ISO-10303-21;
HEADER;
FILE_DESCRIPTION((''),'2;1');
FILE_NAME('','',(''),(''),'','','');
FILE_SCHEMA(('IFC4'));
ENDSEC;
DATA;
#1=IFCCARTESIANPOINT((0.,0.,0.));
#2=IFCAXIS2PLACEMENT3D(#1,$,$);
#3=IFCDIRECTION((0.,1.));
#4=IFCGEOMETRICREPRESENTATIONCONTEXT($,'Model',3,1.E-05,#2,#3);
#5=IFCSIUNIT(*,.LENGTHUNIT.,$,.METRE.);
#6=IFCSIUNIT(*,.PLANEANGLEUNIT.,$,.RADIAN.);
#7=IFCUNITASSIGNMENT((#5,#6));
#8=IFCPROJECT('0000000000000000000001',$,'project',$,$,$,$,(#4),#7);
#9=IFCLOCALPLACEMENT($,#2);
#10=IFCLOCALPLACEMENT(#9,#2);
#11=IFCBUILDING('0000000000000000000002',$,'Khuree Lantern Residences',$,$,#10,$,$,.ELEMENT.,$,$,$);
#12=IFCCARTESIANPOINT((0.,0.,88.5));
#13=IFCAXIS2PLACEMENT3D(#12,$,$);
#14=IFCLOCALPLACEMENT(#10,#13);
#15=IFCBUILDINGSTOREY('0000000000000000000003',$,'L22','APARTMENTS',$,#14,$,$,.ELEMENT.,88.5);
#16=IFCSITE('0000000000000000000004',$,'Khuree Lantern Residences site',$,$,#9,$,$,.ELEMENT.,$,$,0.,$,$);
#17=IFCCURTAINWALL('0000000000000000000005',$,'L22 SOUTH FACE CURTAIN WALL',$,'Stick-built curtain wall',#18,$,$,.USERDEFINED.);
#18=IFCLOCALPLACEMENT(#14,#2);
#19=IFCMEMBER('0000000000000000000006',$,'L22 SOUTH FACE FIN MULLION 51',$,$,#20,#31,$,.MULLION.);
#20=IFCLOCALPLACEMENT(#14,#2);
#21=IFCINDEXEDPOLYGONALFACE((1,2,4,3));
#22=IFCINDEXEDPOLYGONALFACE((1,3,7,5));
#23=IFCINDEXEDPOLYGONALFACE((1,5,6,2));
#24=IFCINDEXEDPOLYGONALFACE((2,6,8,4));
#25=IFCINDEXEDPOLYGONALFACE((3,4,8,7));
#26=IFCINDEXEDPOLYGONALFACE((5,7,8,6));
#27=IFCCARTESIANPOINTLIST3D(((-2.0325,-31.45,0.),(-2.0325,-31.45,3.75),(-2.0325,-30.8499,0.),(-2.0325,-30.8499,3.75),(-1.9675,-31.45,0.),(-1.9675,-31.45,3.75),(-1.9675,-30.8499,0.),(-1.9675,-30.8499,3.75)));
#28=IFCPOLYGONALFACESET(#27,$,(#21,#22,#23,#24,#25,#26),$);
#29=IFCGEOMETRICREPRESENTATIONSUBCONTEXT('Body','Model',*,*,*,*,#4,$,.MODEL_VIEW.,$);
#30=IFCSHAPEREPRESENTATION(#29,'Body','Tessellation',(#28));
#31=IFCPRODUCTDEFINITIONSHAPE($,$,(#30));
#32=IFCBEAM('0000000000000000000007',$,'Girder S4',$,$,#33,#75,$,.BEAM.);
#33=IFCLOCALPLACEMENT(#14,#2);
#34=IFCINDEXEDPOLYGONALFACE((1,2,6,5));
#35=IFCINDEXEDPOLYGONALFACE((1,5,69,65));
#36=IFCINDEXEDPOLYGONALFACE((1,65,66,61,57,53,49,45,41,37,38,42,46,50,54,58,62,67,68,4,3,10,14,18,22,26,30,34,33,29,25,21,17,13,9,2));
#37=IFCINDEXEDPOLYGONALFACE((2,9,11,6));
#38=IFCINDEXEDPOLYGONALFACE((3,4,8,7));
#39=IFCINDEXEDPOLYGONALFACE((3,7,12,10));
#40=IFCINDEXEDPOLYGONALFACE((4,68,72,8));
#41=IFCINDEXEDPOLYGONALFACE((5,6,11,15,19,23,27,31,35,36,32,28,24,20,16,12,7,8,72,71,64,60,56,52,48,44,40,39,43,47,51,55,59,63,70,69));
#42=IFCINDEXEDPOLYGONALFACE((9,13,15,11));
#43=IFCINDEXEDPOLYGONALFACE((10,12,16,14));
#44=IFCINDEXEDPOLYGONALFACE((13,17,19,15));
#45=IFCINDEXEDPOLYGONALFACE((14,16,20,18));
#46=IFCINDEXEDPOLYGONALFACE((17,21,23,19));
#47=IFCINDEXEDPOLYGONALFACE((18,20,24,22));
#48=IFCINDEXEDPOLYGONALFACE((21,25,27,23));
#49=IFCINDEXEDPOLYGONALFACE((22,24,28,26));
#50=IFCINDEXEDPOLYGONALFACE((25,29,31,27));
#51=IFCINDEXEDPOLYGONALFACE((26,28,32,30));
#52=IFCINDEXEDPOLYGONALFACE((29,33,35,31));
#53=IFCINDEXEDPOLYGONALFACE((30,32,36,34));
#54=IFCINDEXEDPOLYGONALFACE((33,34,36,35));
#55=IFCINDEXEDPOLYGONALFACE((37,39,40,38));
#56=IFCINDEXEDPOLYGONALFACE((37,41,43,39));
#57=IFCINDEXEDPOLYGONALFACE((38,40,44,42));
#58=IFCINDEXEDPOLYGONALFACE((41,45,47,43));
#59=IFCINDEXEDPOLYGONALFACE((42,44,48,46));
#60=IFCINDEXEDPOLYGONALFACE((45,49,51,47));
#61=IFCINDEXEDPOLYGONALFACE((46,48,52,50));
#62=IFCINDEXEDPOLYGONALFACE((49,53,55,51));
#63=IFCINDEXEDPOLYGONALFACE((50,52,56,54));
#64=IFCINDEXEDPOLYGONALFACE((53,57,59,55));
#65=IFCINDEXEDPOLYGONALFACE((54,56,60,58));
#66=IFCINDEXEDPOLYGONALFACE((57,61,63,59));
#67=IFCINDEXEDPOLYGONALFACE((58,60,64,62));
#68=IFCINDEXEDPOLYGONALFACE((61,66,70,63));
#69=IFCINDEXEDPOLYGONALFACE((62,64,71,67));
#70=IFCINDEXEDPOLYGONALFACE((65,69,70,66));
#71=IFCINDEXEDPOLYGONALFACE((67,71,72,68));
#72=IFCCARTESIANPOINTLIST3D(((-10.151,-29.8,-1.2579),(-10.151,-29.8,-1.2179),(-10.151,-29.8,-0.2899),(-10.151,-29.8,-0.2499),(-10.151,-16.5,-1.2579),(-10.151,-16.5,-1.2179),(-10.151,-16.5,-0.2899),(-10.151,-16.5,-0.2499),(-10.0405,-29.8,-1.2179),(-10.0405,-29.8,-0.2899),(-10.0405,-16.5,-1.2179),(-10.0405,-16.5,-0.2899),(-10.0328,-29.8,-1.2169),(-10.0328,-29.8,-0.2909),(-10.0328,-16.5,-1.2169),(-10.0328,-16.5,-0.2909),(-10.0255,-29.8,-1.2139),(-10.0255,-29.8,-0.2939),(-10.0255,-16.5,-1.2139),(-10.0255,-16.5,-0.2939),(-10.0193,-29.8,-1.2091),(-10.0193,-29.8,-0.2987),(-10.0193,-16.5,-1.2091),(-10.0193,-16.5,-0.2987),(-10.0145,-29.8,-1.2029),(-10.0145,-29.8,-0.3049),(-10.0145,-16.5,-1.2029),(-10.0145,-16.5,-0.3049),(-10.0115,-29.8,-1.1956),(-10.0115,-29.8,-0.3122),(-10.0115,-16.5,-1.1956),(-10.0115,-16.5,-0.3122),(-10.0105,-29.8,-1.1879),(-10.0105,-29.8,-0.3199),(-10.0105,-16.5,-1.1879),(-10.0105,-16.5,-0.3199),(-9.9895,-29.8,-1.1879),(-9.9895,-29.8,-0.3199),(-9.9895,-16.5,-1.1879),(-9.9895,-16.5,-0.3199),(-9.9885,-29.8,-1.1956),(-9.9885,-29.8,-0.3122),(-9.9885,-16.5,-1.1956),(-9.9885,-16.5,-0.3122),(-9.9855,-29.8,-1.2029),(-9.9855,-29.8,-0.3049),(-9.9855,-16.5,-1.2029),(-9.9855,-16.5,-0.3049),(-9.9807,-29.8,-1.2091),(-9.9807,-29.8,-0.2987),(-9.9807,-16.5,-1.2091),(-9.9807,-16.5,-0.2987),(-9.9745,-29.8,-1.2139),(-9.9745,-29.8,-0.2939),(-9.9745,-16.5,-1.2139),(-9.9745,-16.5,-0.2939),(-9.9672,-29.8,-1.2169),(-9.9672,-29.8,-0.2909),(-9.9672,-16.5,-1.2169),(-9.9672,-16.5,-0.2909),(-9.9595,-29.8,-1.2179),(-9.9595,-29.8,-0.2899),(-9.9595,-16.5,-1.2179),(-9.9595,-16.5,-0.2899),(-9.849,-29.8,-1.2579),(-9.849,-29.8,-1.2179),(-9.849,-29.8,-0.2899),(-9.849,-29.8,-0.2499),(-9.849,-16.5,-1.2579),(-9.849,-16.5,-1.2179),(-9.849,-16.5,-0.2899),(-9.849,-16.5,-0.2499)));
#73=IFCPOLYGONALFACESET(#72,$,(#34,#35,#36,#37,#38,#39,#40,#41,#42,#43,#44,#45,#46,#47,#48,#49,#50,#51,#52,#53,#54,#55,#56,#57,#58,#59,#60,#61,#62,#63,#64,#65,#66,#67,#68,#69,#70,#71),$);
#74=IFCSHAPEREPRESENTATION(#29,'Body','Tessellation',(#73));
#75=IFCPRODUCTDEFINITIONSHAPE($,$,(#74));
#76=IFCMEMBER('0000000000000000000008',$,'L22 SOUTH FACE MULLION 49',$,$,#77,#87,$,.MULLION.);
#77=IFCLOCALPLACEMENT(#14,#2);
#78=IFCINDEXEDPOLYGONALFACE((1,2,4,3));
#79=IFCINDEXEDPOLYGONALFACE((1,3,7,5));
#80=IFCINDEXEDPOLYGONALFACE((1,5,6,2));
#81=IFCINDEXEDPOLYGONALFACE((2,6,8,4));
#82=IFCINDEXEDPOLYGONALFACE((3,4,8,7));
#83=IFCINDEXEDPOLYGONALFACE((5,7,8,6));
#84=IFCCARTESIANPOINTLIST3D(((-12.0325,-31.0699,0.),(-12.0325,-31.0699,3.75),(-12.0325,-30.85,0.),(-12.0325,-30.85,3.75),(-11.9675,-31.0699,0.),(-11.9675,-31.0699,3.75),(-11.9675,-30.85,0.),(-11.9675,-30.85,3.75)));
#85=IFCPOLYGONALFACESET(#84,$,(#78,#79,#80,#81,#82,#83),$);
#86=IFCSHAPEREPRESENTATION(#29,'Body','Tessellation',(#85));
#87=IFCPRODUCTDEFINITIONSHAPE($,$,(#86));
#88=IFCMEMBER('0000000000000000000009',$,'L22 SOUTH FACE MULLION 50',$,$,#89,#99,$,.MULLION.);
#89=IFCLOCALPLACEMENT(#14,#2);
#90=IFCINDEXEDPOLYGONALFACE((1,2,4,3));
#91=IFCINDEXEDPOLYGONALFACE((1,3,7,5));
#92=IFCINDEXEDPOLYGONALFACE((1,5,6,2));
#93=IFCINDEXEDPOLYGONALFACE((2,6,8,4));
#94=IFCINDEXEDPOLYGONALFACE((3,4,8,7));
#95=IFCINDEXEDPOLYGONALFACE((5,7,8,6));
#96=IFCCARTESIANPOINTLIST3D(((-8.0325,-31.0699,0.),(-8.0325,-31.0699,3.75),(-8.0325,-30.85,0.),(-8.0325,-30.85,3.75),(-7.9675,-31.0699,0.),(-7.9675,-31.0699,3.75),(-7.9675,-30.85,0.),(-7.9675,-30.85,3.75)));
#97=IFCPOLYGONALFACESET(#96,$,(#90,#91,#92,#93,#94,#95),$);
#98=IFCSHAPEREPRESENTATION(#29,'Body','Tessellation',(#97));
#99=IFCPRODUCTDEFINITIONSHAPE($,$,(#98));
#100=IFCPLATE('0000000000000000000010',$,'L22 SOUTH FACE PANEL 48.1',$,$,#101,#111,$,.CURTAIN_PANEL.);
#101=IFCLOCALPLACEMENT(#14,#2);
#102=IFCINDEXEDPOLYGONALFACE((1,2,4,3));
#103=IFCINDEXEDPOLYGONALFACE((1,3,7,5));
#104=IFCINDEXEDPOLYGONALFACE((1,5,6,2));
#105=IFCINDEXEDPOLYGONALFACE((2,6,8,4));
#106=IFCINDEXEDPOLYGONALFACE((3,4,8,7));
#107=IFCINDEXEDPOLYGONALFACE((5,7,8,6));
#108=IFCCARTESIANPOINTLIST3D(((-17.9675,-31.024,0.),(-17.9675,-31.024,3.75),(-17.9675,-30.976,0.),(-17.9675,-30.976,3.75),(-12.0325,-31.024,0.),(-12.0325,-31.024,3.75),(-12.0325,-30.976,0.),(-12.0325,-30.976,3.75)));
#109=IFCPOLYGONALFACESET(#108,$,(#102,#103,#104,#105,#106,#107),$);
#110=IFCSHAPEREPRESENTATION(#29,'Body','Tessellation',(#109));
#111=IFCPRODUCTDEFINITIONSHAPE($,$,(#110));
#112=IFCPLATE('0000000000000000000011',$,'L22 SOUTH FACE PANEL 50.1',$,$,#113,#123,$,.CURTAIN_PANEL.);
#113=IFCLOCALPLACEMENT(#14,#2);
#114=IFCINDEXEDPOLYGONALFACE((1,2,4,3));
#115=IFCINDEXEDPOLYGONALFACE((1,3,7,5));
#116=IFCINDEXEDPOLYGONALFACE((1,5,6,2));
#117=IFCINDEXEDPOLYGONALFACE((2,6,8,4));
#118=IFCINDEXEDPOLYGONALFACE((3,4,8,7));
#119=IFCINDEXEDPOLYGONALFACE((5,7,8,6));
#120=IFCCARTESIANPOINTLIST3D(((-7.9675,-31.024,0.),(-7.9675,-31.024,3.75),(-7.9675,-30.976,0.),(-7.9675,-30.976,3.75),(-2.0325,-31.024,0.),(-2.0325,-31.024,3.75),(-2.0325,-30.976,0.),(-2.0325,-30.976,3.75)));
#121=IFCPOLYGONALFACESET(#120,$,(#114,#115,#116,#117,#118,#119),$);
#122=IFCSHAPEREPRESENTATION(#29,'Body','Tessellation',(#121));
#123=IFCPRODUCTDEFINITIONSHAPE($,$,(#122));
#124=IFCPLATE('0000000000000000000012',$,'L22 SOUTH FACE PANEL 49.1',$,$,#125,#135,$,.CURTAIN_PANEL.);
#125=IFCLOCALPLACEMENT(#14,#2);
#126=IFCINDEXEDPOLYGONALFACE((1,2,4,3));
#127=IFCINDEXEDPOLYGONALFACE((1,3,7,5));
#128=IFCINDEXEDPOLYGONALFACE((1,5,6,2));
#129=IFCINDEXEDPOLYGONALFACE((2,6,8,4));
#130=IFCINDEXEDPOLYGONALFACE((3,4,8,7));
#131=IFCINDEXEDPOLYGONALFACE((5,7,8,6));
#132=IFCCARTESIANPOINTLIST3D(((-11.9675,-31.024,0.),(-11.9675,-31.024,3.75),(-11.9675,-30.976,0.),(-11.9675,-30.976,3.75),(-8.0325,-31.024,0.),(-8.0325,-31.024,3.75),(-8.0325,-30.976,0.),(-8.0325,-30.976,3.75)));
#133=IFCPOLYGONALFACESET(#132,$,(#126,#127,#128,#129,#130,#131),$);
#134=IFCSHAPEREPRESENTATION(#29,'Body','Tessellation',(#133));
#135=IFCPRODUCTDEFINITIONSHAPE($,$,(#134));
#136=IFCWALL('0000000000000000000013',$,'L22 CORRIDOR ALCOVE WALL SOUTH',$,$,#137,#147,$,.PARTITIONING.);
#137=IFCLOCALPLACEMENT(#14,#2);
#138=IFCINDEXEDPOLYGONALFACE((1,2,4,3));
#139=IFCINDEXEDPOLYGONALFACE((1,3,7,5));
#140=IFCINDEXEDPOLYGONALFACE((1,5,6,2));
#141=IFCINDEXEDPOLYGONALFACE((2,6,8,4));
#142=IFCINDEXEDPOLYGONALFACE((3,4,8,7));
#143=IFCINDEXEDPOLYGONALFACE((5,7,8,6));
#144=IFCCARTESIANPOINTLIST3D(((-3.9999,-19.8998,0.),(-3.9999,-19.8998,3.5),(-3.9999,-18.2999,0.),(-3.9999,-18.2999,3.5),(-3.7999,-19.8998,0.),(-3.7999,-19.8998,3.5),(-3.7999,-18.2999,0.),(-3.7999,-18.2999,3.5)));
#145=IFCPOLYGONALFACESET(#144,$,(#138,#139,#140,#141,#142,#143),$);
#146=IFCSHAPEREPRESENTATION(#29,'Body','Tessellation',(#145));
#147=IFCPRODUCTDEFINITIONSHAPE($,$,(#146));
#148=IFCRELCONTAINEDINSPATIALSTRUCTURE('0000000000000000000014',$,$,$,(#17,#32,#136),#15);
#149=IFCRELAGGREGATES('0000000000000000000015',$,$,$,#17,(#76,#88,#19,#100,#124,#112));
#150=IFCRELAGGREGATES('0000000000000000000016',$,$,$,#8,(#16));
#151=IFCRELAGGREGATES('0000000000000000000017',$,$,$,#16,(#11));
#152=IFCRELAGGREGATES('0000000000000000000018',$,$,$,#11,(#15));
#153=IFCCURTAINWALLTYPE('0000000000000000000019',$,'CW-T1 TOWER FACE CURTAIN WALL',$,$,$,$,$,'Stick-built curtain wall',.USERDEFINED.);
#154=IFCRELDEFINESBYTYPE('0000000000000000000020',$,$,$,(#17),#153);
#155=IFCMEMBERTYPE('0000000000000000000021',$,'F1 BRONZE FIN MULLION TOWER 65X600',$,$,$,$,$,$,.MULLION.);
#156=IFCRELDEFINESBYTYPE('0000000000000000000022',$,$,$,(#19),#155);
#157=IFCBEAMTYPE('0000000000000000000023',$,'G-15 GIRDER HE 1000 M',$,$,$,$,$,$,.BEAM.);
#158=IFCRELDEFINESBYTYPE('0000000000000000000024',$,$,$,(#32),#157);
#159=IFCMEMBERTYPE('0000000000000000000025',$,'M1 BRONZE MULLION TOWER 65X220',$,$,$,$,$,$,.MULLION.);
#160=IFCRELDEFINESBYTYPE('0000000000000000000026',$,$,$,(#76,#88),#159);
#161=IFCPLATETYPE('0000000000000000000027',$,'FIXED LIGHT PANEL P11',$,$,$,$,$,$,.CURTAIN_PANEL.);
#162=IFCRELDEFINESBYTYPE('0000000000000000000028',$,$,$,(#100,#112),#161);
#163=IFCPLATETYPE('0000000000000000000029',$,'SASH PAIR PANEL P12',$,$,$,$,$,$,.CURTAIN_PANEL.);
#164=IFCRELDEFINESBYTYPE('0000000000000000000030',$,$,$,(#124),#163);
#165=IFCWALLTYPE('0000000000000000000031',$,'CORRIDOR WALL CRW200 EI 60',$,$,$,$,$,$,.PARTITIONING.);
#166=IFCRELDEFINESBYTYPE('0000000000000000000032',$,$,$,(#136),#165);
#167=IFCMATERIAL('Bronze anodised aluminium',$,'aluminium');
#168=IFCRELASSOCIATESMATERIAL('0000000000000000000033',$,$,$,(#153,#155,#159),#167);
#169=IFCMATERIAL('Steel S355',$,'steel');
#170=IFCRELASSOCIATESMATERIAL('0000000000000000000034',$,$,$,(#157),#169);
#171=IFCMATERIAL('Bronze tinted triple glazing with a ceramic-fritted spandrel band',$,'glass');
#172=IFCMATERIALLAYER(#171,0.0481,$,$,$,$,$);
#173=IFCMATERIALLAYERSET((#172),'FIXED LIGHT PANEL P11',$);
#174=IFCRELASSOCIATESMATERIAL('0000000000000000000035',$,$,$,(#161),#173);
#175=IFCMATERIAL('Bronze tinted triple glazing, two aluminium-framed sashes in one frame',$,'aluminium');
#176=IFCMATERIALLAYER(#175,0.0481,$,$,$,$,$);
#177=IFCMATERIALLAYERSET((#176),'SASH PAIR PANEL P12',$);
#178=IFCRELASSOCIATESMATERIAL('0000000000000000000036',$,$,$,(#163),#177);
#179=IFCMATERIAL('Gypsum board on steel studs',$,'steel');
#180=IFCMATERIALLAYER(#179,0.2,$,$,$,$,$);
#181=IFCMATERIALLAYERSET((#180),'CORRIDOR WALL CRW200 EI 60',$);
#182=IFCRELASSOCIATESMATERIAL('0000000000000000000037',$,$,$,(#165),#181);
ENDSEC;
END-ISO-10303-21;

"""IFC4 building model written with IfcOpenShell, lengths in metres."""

from ifc_helpers import new_model, si_unit, direction, frame, frame_2d, origin, origin_2d, place, context, subcontext, project, spatial, rectangle, i_section, extrude, material, layer, layer_set, material_profile, profile_set, type_object, element, aggregate, save


model = new_model("IFC4")

# Units and contexts
model_context = context("Model", 3, precision=1e-05, world=origin(), true_north=direction((0.0, 1.0)))
body_context = subcontext(model_context, "Body", "Model", "MODEL_VIEW")
ifc_project = project(units=[si_unit("LENGTHUNIT", "METRE"), si_unit("PLANEANGLEUNIT", "RADIAN")], contexts=[model_context])

# Site, building, storey
site_placement = place(None, origin())
site = spatial("IfcSite", under=ifc_project, at=site_placement, Name="Khuree Lantern Residences site", CompositionType="ELEMENT", RefElevation=0.0)
building_placement = place(site_placement, origin())
building = spatial("IfcBuilding", under=site, at=building_placement, Name="Khuree Lantern Residences", CompositionType="ELEMENT")
storey_placement = place(building_placement, frame((0.0, 0.0, 88.5)))
storey = spatial("IfcBuildingStorey", under=building, at=storey_placement, Name="L22", Description="APARTMENTS", CompositionType="ELEMENT", Elevation=88.5)

# Shared definitions
ifc_material_1 = material(Name="Steel S355", Category="steel")

# Curtain wall, member
ifc_material_2 = material(Name="Bronze anodised aluminium", Category="aluminium")
curtain_wall_type = type_object("IfcCurtainWallType", Name="CW-T1 TOWER FACE CURTAIN WALL", ElementType="Stick-built curtain wall", PredefinedType="USERDEFINED", material=ifc_material_2)
curtain_wall_placement = place(storey_placement, origin())
curtain_wall = element("IfcCurtainWall", 1, at=curtain_wall_placement, inside=storey, type_object=curtain_wall_type, Name="L22 SOUTH FACE CURTAIN WALL", ObjectType="Stick-built curtain wall", PredefinedType="USERDEFINED")
ifc_material_profile_1 = material_profile(ifc_material_2, rectangle(XDim=0.0649, YDim=0.6001, at=origin_2d()), Name="F1 65X600")
ifc_profile_set_1 = profile_set([ifc_material_profile_1], Name="Bronze anodised aluminium")
member_type_1 = type_object("IfcMemberType", Name="F1 BRONZE FIN MULLION TOWER 65X600", PredefinedType="MULLION", material=ifc_profile_set_1)
member_1_placement = place(storey_placement, frame((-2.0, -31.1499, 0.0), z_axis=(0.0, 0.0, 1.0), x_axis=(1.0, 0.0, 0.0)))
member_1 = element("IfcMember", 2, at=member_1_placement, type_object=member_type_1, Name="L22 SOUTH FACE FIN MULLION 51", PredefinedType="MULLION", context=body_context, shape_type="SweptSolid", body=[
    extrude(rectangle(XDim=0.0649, YDim=0.6001, at=origin_2d()), origin(), (0.0, 0.0, 1.0), 3.75),
])

# Beam
ifc_material_profile_2 = material_profile(ifc_material_1, i_section(OverallWidth=0.302, OverallDepth=1.0081, WebThickness=0.021, FlangeThickness=0.04, FilletRadius=0.03, at=origin_2d()), Name="HE 1000 M")
ifc_profile_set_2 = profile_set([ifc_material_profile_2], Name="Steel S355")
beam_type_1 = type_object("IfcBeamType", Name="G-15 GIRDER HE 1000 M", PredefinedType="BEAM", material=ifc_profile_set_2)
beam_1_placement = place(storey_placement, frame((-10.0, -29.8, -0.7539), z_axis=(0.0, 1.0, 0.0), x_axis=(-1.0, 0.0, 0.0)))
element("IfcBeam", 3, at=beam_1_placement, inside=storey, type_object=beam_type_1, Name="Girder S4", PredefinedType="BEAM", context=body_context, shape_type="SweptSolid", body=[
    extrude(i_section(OverallWidth=0.302, OverallDepth=1.0081, WebThickness=0.021, FlangeThickness=0.04, FilletRadius=0.03, at=origin_2d()), origin(), (0.0, 0.0, 1.0), 13.3),
])

# Members
ifc_material_profile_3 = material_profile(ifc_material_2, rectangle(XDim=0.0649, YDim=0.22, at=origin_2d()), Name="M1 65X220")
ifc_profile_set_3 = profile_set([ifc_material_profile_3], Name="Bronze anodised aluminium")
member_type_2 = type_object("IfcMemberType", Name="M1 BRONZE MULLION TOWER 65X220", PredefinedType="MULLION", material=ifc_profile_set_3)
member_2_placement = place(storey_placement, frame((-12.0, -30.96, 0.0), z_axis=(0.0, 0.0, 1.0), x_axis=(1.0, 0.0, 0.0)))
member_2 = element("IfcMember", 4, at=member_2_placement, type_object=member_type_2, Name="L22 SOUTH FACE MULLION 49", PredefinedType="MULLION", context=body_context, shape_type="SweptSolid", body=[
    extrude(rectangle(XDim=0.0649, YDim=0.22, at=origin_2d()), origin(), (0.0, 0.0, 1.0), 3.75),
])
member_3_placement = place(storey_placement, frame((-8.0, -30.96, 0.0), z_axis=(0.0, 0.0, 1.0), x_axis=(1.0, 0.0, 0.0)))
member_3 = element("IfcMember", 5, at=member_3_placement, type_object=member_type_2, Name="L22 SOUTH FACE MULLION 50", PredefinedType="MULLION", context=body_context, shape_type="SweptSolid", body=[
    extrude(rectangle(XDim=0.0649, YDim=0.22, at=origin_2d()), origin(), (0.0, 0.0, 1.0), 3.75),
])

# Plates
ifc_material_3 = material(Name="Bronze tinted triple glazing with a ceramic-fritted spandrel band", Category="glass")
ifc_layer_1 = layer(ifc_material_3, 0.0481)
ifc_layer_set_1 = layer_set([ifc_layer_1], Name="FIXED LIGHT PANEL P11")
plate_type_1 = type_object("IfcPlateType", Name="FIXED LIGHT PANEL P11", PredefinedType="CURTAIN_PANEL", material=ifc_layer_set_1)
plate_1_placement = place(storey_placement, frame((-15.0, -31.0, 0.0), z_axis=(0.0, 0.0, 1.0), x_axis=(1.0, 0.0, 0.0)))
plate_1 = element("IfcPlate", 6, at=plate_1_placement, type_object=plate_type_1, Name="L22 SOUTH FACE PANEL 48.1", PredefinedType="CURTAIN_PANEL", context=body_context, shape_type="SweptSolid", body=[
    extrude(rectangle(XDim=5.9351, YDim=0.0481, at=origin_2d()), origin(), (0.0, 0.0, 1.0), 3.75),
])
plate_2_placement = place(storey_placement, frame((-5.0, -31.0, 0.0), z_axis=(0.0, 0.0, 1.0), x_axis=(1.0, 0.0, 0.0)))
plate_2 = element("IfcPlate", 7, at=plate_2_placement, type_object=plate_type_1, Name="L22 SOUTH FACE PANEL 50.1", PredefinedType="CURTAIN_PANEL", context=body_context, shape_type="SweptSolid", body=[
    extrude(rectangle(XDim=5.9351, YDim=0.0481, at=origin_2d()), origin(), (0.0, 0.0, 1.0), 3.75),
])
ifc_material_4 = material(Name="Bronze tinted triple glazing, two aluminium-framed sashes in one frame", Category="aluminium")
ifc_layer_2 = layer(ifc_material_4, 0.0481)
ifc_layer_set_2 = layer_set([ifc_layer_2], Name="SASH PAIR PANEL P12")
plate_type_2 = type_object("IfcPlateType", Name="SASH PAIR PANEL P12", PredefinedType="CURTAIN_PANEL", material=ifc_layer_set_2)
plate_3_placement = place(storey_placement, frame((-10.0, -31.0, 0.0), z_axis=(0.0, 0.0, 1.0), x_axis=(1.0, 0.0, 0.0)))
plate_3 = element("IfcPlate", 8, at=plate_3_placement, type_object=plate_type_2, Name="L22 SOUTH FACE PANEL 49.1", PredefinedType="CURTAIN_PANEL", context=body_context, shape_type="SweptSolid", body=[
    extrude(rectangle(XDim=3.9351, YDim=0.0481, at=origin_2d()), origin(), (0.0, 0.0, 1.0), 3.75),
])
aggregate(curtain_wall, [member_2, member_3, member_1, plate_1, plate_3, plate_2])

# Wall
ifc_material_5 = material(Name="Gypsum board on steel studs", Category="steel")
ifc_layer_3 = layer(ifc_material_5, 0.2)
ifc_layer_set_3 = layer_set([ifc_layer_3], Name="CORRIDOR WALL CRW200 EI 60")
wall_type_1 = type_object("IfcWallType", Name="CORRIDOR WALL CRW200 EI 60", PredefinedType="PARTITIONING", material=ifc_layer_set_3)
wall_1_placement = place(storey_placement, frame((-3.8999, -18.3, 0.0), z_axis=(0.0, 0.0, 1.0), x_axis=(0.0, -1.0, 0.0)))
element("IfcWall", 9, at=wall_1_placement, inside=storey, type_object=wall_type_1, Name="L22 CORRIDOR ALCOVE WALL SOUTH", PredefinedType="PARTITIONING", context=body_context, shape_type="SweptSolid", body=[
    extrude(rectangle(XDim=1.5999, YDim=0.2, at=frame_2d((0.7998, 0.0))), origin(), (0.0, 0.0, 1.0), 3.5),
])

save(model, "model.ifc")
